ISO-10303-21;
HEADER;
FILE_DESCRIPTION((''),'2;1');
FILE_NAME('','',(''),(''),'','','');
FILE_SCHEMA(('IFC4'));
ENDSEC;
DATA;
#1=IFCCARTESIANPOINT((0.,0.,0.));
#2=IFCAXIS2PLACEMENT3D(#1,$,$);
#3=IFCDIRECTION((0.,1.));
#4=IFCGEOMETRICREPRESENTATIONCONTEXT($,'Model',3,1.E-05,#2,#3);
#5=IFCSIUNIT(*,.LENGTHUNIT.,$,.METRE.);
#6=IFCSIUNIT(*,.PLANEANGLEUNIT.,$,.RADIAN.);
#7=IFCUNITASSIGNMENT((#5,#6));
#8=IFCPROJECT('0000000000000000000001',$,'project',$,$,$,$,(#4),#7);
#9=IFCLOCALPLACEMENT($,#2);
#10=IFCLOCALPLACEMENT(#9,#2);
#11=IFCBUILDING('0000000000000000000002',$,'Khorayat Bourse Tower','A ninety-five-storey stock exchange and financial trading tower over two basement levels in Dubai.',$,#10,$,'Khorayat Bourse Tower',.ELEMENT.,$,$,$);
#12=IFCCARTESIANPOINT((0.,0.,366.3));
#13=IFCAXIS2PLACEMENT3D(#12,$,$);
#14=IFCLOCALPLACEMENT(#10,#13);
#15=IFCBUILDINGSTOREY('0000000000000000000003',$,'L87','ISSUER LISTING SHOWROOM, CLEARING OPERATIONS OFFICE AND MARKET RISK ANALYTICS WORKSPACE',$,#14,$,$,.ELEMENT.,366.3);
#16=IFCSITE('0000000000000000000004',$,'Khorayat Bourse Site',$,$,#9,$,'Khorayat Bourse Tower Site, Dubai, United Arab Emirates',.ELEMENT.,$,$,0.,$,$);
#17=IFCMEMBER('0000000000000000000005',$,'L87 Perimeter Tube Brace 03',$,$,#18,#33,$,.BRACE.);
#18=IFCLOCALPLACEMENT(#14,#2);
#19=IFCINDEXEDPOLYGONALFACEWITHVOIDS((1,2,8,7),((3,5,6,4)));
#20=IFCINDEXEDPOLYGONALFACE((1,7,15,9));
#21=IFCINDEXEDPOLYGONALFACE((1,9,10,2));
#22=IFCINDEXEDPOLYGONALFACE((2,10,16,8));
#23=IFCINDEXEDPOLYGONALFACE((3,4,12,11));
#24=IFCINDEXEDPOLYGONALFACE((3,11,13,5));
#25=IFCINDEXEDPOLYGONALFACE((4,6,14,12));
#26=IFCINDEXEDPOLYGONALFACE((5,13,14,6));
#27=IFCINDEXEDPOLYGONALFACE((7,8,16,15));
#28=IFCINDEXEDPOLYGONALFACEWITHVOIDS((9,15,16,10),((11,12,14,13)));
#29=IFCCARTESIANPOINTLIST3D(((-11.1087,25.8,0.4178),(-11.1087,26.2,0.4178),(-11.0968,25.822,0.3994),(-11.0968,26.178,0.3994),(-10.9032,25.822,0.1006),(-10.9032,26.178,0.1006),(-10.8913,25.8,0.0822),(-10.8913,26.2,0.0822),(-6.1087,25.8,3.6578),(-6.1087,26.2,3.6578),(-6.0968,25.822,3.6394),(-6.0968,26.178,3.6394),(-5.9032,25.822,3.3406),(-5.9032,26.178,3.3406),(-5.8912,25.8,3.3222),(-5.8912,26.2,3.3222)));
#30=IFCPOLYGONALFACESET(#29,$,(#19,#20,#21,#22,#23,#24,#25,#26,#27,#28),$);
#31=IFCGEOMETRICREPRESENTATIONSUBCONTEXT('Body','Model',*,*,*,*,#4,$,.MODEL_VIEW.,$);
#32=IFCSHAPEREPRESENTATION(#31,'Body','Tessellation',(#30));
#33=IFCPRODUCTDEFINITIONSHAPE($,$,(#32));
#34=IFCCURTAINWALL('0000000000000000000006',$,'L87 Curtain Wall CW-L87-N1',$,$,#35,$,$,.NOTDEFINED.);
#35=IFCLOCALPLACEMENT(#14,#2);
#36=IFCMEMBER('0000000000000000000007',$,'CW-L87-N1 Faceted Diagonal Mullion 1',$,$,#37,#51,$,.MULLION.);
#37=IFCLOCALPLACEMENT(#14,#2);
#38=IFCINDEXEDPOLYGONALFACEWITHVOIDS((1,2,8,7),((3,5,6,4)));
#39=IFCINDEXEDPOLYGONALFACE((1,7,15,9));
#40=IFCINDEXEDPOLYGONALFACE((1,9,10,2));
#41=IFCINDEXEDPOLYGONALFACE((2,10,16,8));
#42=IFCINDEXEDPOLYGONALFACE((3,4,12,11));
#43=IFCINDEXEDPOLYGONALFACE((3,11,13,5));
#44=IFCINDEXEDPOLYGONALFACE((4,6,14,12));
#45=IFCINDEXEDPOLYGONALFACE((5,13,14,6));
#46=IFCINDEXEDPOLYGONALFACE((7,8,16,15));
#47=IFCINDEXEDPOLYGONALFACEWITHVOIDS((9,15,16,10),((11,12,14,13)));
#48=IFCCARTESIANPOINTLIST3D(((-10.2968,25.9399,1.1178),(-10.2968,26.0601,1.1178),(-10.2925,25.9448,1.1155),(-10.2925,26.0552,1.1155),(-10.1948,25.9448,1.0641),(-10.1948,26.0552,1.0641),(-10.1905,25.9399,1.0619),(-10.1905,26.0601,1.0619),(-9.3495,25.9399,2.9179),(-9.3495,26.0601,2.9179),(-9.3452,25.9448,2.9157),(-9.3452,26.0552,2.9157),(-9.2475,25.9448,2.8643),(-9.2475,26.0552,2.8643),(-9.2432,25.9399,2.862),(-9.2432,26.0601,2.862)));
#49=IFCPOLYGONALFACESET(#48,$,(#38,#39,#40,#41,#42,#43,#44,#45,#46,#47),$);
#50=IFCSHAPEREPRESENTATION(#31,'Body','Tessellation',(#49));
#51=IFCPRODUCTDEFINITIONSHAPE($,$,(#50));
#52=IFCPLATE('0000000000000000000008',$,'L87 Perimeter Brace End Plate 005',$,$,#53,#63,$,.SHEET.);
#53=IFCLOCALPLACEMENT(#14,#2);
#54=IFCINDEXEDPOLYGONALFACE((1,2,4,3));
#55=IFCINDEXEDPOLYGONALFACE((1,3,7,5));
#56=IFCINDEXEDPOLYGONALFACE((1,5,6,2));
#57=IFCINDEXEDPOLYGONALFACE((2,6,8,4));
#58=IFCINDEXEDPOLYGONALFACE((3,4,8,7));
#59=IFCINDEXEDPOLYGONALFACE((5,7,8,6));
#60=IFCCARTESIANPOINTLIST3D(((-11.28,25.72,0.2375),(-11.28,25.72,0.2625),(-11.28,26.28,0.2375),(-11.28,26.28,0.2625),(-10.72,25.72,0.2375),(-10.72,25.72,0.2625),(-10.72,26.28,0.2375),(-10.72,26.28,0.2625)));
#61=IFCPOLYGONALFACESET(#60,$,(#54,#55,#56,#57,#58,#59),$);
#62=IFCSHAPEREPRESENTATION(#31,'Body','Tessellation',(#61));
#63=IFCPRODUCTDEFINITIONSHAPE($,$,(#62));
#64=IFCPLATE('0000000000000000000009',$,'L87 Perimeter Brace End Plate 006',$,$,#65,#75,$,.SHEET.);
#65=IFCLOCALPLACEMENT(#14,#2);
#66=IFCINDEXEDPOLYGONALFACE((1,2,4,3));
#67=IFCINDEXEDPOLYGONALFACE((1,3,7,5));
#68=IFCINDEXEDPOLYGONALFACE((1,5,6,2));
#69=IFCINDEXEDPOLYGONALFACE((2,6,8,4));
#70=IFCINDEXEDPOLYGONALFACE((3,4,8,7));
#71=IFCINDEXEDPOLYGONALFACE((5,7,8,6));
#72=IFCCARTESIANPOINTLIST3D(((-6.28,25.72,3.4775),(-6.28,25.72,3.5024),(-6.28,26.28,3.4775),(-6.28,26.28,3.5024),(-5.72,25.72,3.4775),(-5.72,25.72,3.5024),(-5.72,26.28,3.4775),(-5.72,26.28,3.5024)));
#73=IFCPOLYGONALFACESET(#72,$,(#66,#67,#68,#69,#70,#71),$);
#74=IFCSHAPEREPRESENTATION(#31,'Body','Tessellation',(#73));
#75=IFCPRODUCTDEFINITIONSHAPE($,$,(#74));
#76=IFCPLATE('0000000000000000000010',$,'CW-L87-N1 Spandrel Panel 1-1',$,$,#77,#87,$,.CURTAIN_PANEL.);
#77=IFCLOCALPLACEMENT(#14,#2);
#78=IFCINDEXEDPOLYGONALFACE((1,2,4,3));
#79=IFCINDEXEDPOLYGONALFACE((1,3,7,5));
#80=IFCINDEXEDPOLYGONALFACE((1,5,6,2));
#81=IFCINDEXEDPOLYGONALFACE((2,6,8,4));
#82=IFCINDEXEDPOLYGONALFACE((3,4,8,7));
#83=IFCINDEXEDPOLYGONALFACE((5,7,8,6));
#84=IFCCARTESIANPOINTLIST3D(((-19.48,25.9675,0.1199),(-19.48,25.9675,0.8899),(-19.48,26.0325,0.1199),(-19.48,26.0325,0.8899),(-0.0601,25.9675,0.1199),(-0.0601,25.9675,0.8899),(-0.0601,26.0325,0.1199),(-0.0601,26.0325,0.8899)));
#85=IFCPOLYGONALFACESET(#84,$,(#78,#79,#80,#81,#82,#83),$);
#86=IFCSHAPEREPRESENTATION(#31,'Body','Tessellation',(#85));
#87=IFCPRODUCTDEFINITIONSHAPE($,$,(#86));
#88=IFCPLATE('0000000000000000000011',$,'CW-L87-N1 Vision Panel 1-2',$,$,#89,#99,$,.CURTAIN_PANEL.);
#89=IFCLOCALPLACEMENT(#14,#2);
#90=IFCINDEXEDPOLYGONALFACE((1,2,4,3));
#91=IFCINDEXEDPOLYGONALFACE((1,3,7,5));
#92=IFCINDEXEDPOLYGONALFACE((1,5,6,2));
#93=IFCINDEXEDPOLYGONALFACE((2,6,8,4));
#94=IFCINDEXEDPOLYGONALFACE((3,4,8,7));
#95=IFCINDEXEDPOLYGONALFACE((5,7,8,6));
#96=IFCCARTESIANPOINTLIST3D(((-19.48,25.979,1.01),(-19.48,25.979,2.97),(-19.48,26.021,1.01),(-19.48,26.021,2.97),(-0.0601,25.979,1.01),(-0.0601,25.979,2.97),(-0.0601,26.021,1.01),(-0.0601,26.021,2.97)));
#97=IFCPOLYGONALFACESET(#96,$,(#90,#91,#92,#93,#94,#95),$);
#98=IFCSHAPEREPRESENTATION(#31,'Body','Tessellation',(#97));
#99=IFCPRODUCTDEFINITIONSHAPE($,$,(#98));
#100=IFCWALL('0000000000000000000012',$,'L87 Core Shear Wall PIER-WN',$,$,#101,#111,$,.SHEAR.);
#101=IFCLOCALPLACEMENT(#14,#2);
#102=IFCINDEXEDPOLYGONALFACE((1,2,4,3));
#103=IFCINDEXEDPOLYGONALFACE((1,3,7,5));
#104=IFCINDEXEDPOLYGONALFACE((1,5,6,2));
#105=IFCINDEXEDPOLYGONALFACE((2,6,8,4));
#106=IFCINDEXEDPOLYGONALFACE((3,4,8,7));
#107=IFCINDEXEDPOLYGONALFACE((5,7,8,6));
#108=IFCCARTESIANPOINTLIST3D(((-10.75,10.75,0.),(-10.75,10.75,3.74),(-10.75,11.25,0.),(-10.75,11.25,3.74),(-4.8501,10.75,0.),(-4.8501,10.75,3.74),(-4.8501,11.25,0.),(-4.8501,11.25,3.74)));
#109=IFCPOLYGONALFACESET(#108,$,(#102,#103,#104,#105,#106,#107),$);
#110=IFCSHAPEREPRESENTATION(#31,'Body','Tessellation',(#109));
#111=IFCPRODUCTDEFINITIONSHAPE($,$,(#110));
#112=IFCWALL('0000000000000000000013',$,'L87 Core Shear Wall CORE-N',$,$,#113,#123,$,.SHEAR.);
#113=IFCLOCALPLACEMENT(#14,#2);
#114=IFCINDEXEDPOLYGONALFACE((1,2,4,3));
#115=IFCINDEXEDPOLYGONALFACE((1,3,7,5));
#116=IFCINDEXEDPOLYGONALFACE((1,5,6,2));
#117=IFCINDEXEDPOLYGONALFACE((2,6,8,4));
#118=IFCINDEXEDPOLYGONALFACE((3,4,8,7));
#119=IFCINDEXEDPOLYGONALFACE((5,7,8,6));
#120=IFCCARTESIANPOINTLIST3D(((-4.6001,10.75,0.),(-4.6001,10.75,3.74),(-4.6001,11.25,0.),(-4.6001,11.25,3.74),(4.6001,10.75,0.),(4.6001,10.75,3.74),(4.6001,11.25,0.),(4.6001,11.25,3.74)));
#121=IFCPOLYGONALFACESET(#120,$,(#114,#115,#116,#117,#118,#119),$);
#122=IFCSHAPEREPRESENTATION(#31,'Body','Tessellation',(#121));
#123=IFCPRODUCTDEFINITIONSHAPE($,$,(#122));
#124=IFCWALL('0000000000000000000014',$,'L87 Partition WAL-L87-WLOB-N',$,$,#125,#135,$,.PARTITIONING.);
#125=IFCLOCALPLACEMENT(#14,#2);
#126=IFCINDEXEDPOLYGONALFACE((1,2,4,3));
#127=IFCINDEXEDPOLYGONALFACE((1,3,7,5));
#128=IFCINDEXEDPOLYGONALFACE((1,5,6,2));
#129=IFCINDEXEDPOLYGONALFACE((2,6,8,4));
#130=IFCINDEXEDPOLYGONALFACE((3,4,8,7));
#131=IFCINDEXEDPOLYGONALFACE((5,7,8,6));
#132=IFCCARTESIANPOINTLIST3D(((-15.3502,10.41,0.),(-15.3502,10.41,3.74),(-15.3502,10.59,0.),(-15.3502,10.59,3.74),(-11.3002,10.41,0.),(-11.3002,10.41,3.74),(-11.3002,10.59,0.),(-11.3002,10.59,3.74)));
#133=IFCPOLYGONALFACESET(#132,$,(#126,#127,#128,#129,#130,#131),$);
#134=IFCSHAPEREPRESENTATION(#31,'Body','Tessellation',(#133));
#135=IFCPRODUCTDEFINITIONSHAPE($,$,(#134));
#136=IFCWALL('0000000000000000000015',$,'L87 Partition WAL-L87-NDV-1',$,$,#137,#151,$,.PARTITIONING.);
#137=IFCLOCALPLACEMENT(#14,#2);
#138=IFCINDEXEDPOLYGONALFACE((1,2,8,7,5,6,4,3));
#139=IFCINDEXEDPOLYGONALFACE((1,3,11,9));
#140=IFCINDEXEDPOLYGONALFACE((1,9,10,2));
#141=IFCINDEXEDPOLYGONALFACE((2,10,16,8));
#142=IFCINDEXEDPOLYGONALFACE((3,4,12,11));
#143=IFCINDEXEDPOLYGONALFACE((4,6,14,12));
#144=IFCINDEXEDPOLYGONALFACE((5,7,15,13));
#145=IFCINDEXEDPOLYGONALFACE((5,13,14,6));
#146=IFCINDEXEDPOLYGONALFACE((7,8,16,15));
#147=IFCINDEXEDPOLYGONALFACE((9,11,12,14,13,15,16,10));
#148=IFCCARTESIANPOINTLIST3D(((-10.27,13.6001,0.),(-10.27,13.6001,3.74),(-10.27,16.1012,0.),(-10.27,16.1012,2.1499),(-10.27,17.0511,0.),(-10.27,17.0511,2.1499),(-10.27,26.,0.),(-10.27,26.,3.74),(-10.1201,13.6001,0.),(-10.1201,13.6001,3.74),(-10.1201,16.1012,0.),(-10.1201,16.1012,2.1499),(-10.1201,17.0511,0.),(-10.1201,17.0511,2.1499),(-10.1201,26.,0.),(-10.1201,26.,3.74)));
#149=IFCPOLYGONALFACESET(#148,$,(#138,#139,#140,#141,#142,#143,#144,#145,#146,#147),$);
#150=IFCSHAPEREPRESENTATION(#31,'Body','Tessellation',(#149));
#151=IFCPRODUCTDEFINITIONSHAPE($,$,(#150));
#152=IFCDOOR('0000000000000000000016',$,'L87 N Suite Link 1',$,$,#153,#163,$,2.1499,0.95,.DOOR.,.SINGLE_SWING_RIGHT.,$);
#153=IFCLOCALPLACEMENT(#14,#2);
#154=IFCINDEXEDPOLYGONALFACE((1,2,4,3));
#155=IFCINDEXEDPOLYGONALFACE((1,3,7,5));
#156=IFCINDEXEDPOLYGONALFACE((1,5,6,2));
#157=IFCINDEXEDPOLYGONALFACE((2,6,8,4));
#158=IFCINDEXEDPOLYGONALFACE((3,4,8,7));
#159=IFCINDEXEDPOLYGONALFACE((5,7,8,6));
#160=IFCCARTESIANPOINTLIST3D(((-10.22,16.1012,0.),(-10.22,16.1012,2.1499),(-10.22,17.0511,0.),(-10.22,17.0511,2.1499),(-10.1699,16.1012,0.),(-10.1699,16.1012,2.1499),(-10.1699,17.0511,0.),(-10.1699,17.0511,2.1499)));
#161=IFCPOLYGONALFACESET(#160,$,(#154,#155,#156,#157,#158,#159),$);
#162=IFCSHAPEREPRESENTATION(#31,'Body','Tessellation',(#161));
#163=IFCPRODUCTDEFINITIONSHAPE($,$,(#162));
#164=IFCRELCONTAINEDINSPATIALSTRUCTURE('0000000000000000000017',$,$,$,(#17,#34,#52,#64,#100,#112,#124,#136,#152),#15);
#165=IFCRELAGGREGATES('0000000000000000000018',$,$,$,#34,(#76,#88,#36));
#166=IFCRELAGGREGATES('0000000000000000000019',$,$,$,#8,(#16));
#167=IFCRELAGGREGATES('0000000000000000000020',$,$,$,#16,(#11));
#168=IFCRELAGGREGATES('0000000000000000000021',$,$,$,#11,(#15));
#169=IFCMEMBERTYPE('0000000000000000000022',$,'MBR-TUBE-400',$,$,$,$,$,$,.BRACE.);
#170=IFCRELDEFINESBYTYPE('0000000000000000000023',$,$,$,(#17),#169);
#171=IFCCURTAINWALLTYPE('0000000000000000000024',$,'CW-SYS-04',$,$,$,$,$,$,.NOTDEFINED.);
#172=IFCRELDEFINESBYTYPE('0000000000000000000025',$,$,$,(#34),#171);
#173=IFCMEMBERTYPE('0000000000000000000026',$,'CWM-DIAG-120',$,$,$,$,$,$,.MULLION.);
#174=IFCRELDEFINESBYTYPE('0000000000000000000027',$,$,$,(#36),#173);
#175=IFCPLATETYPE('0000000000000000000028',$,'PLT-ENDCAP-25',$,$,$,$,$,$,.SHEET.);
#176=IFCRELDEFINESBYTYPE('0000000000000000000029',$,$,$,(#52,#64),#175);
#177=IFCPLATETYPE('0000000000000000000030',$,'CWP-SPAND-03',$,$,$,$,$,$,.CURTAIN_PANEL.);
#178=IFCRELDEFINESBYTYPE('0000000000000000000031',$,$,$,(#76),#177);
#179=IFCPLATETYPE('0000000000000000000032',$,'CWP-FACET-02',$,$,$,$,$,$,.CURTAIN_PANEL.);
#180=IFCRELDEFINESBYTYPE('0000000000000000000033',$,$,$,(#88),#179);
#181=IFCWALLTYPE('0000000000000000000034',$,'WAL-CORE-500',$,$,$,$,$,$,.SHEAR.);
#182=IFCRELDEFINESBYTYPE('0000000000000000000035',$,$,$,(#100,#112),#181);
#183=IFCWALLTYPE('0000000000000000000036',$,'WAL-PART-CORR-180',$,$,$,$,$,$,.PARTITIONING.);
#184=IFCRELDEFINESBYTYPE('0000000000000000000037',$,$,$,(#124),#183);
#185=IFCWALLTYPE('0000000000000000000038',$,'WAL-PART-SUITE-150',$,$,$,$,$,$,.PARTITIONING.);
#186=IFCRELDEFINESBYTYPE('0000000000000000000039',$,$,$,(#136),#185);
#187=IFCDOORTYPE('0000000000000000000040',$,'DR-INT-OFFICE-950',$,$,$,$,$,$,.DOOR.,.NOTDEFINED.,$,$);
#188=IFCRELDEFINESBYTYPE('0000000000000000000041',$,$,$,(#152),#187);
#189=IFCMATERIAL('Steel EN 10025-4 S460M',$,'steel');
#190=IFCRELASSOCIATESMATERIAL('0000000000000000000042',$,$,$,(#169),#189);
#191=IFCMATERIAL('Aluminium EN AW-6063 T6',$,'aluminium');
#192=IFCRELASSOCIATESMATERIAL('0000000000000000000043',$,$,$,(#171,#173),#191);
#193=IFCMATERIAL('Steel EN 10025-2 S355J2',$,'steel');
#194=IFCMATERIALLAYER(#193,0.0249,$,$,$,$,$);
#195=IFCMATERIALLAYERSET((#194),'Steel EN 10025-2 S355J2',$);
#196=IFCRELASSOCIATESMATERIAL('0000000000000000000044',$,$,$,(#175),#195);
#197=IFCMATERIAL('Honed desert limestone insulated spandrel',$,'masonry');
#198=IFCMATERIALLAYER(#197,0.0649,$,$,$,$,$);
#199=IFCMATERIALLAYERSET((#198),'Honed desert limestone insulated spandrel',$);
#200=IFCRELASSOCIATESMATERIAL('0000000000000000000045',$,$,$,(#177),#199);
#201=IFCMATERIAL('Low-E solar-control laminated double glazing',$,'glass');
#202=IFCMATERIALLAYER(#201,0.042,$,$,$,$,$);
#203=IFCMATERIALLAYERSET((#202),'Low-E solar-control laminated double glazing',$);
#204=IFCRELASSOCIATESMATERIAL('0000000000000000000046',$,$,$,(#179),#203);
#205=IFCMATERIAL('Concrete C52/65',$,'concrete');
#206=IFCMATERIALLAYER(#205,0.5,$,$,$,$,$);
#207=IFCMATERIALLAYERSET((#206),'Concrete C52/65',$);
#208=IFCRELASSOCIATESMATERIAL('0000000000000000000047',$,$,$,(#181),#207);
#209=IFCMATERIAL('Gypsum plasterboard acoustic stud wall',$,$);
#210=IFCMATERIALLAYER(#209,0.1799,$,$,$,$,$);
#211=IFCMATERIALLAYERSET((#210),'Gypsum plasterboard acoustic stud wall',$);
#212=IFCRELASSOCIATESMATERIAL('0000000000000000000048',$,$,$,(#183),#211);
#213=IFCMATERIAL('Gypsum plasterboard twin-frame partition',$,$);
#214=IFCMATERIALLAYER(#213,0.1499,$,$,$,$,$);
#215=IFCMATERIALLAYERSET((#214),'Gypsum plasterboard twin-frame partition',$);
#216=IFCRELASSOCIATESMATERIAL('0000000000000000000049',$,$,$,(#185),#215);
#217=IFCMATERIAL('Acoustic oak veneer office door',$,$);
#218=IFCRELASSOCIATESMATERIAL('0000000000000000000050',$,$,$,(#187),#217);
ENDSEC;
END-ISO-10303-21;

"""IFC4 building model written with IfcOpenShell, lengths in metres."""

from ifc_helpers import new_model, si_unit, direction, frame, frame_2d, origin, origin_2d, place, context, subcontext, project, spatial, rectangle, hollow_rectangle, extrude, source, transform, mapped, material, layer, layer_set, material_profile, profile_set, type_object, element, fill, aggregate, save


model = new_model("IFC4")

# Units and contexts
model_context = context("Model", 3, precision=1e-05, world=origin(), true_north=direction((0.0, 1.0)))
body_context = subcontext(model_context, "Body", "Model", "MODEL_VIEW")
ifc_project = project(units=[si_unit("LENGTHUNIT", "METRE"), si_unit("PLANEANGLEUNIT", "RADIAN")], contexts=[model_context])

# Site, building, storey
site_placement = place(None, origin())
site = spatial("IfcSite", under=ifc_project, at=site_placement, Name="Khorayat Bourse Site", LongName="Khorayat Bourse Tower Site, Dubai, United Arab Emirates", CompositionType="ELEMENT", RefElevation=0.0)
building_placement = place(site_placement, origin())
building = spatial("IfcBuilding", under=site, at=building_placement, Name="Khorayat Bourse Tower", Description="A ninety-five-storey stock exchange and financial trading tower over two basement levels in Dubai.", LongName="Khorayat Bourse Tower", CompositionType="ELEMENT")
storey_placement = place(building_placement, frame((0.0, 0.0, 366.3)))
storey = spatial("IfcBuildingStorey", under=building, at=storey_placement, Name="L87", Description="ISSUER LISTING SHOWROOM, CLEARING OPERATIONS OFFICE AND MARKET RISK ANALYTICS WORKSPACE", CompositionType="ELEMENT", Elevation=366.3)

# Shared definitions
ifc_material_1 = material(Name="Concrete C52/65", Category="concrete")
ifc_material_2 = material(Name="Steel EN 10025-2 S355J2", Category="steel")

# Member
ifc_material_3 = material(Name="Steel EN 10025-4 S460M", Category="steel")
ifc_material_profile_1 = material_profile(ifc_material_3, hollow_rectangle(XDim=0.3999, YDim=0.3999, WallThickness=0.022, at=origin_2d()), Name="HSS 400x400x22")
ifc_profile_set_1 = profile_set([ifc_material_profile_1], Name="Steel EN 10025-4 S460M")
member_type_1 = type_object("IfcMemberType", Name="MBR-TUBE-400", PredefinedType="BRACE", material=ifc_profile_set_1)
shared_shape_1 = source(origin(), body_context, "Body", "SweptSolid", [
    extrude(hollow_rectangle(XDim=0.3999, YDim=0.3999, WallThickness=0.022, at=origin_2d()), origin(), (0.0, 0.0, 1.0), 5.958),
])
member_1_placement = place(storey_placement, frame((-11.0, 26.0, 0.25), z_axis=(0.83921, 0.0, 0.543807), x_axis=(0.0, 1.0, 0.0)))
element("IfcMember", 1, at=member_1_placement, inside=storey, type_object=member_type_1, Name="L87 Perimeter Tube Brace 03", PredefinedType="BRACE", context=body_context, shape_type="MappedRepresentation", body=[
    mapped(shared_shape_1, transform((0.0, 0.0, 0.0), scale=1.0)),
])

# Curtain wall, member
ifc_material_4 = material(Name="Aluminium EN AW-6063 T6", Category="aluminium")
curtain_wall_type = type_object("IfcCurtainWallType", Name="CW-SYS-04", PredefinedType="NOTDEFINED", material=ifc_material_4)
curtain_wall_placement = place(storey_placement, origin())
curtain_wall = element("IfcCurtainWall", 2, at=curtain_wall_placement, inside=storey, type_object=curtain_wall_type, Name="L87 Curtain Wall CW-L87-N1", PredefinedType="NOTDEFINED")
ifc_material_profile_2 = material_profile(ifc_material_4, hollow_rectangle(XDim=0.1201, YDim=0.1201, WallThickness=0.0049, at=origin_2d()), Name="ALU 120x120x5")
ifc_profile_set_2 = profile_set([ifc_material_profile_2], Name="Aluminium EN AW-6063 T6")
member_type_2 = type_object("IfcMemberType", Name="CWM-DIAG-120", PredefinedType="MULLION", material=ifc_profile_set_2)
shared_shape_2 = source(origin(), body_context, "Body", "SweptSolid", [
    extrude(hollow_rectangle(XDim=0.1201, YDim=0.1201, WallThickness=0.0049, at=origin_2d()), origin(), (0.0, 0.0, 1.0), 2.0342),
])
member_2_placement = place(storey_placement, frame((-10.2437, 26.0, 1.0898), z_axis=(0.465697, 0.0, 0.884944), x_axis=(0.0, 1.0, 0.0)))
member_2 = element("IfcMember", 3, at=member_2_placement, type_object=member_type_2, Name="CW-L87-N1 Faceted Diagonal Mullion 1", PredefinedType="MULLION", context=body_context, shape_type="MappedRepresentation", body=[
    mapped(shared_shape_2, transform((0.0, 0.0, 0.0), scale=1.0)),
])

# Plates
ifc_layer_1 = layer(ifc_material_2, 0.0249)
ifc_layer_set_1 = layer_set([ifc_layer_1], Name="Steel EN 10025-2 S355J2")
plate_type_1 = type_object("IfcPlateType", Name="PLT-ENDCAP-25", PredefinedType="SHEET", material=ifc_layer_set_1)
shared_shape_3 = source(origin(), body_context, "Body", "SweptSolid", [
    extrude(rectangle(XDim=0.5601, YDim=0.5601, at=origin_2d()), origin(), (0.0, 0.0, 1.0), 0.0249),
])
for number, where, z_axis, x_axis, name in (
    (4, (-11.0, 26.0, 0.2375), (0.0, 0.0, 1.0), (1.0, 0.0, 0.0), "L87 Perimeter Brace End Plate 005"),
    (5, (-6.0, 26.0, 3.4775), (0.0, 0.0, 1.0), (1.0, 0.0, 0.0), "L87 Perimeter Brace End Plate 006"),
):
    element("IfcPlate", number, at=place(storey_placement, frame(where, z_axis=z_axis, x_axis=x_axis)), inside=storey, type_object=plate_type_1, Name=name, PredefinedType="SHEET", context=body_context, shape_type="MappedRepresentation", body=[
        mapped(shared_shape_3, transform((0.0, 0.0, 0.0), scale=1.0)),
    ])

# Plates
ifc_material_5 = material(Name="Honed desert limestone insulated spandrel", Category="masonry")
ifc_layer_2 = layer(ifc_material_5, 0.0649)
ifc_layer_set_2 = layer_set([ifc_layer_2], Name="Honed desert limestone insulated spandrel")
plate_type_2 = type_object("IfcPlateType", Name="CWP-SPAND-03", PredefinedType="CURTAIN_PANEL", material=ifc_layer_set_2)
shared_shape_4 = source(origin(), body_context, "Body", "SweptSolid", [
    extrude(rectangle(XDim=19.4199, YDim=0.0649, at=origin_2d()), origin(), (0.0, 0.0, 1.0), 0.77),
])
plate_1_placement = place(storey_placement, frame((-9.77, 26.0, 0.1199), z_axis=(0.0, 0.0, 1.0), x_axis=(1.0, 0.0, 0.0)))
plate_1 = element("IfcPlate", 6, at=plate_1_placement, type_object=plate_type_2, Name="CW-L87-N1 Spandrel Panel 1-1", PredefinedType="CURTAIN_PANEL", context=body_context, shape_type="MappedRepresentation", body=[
    mapped(shared_shape_4, transform((0.0, 0.0, 0.0), scale=1.0)),
])
ifc_material_6 = material(Name="Low-E solar-control laminated double glazing", Category="glass")
ifc_layer_3 = layer(ifc_material_6, 0.042)
ifc_layer_set_3 = layer_set([ifc_layer_3], Name="Low-E solar-control laminated double glazing")
plate_type_3 = type_object("IfcPlateType", Name="CWP-FACET-02", PredefinedType="CURTAIN_PANEL", material=ifc_layer_set_3)
shared_shape_5 = source(origin(), body_context, "Body", "SweptSolid", [
    extrude(rectangle(XDim=19.4199, YDim=0.042, at=origin_2d()), origin(), (0.0, 0.0, 1.0), 1.96),
])
plate_2_placement = place(storey_placement, frame((-9.77, 26.0, 1.01), z_axis=(0.0, 0.0, 1.0), x_axis=(1.0, 0.0, 0.0)))
plate_2 = element("IfcPlate", 7, at=plate_2_placement, type_object=plate_type_3, Name="CW-L87-N1 Vision Panel 1-2", PredefinedType="CURTAIN_PANEL", context=body_context, shape_type="MappedRepresentation", body=[
    mapped(shared_shape_5, transform((0.0, 0.0, 0.0), scale=1.0)),
])
aggregate(curtain_wall, [plate_1, plate_2, member_2])

# Walls
ifc_layer_4 = layer(ifc_material_1, 0.5)
ifc_layer_set_4 = layer_set([ifc_layer_4], Name="Concrete C52/65")
wall_type_1 = type_object("IfcWallType", Name="WAL-CORE-500", PredefinedType="SHEAR", material=ifc_layer_set_4)
shared_shape_6 = source(origin(), body_context, "Body", "SweptSolid", [
    extrude(rectangle(XDim=5.8999, YDim=0.5, at=frame_2d((2.95, 0.0))), origin(), (0.0, 0.0, 1.0), 3.74),
])
wall_1_placement = place(storey_placement, frame((-10.75, 11.0, 0.0), z_axis=(0.0, 0.0, 1.0), x_axis=(1.0, 0.0, 0.0)))
element("IfcWall", 8, at=wall_1_placement, inside=storey, type_object=wall_type_1, Name="L87 Core Shear Wall PIER-WN", PredefinedType="SHEAR", context=body_context, shape_type="MappedRepresentation", body=[
    mapped(shared_shape_6, transform((0.0, 0.0, 0.0), scale=1.0)),
])
shared_shape_7 = source(origin(), body_context, "Body", "SweptSolid", [
    extrude(rectangle(XDim=9.2002, YDim=0.5, at=frame_2d((4.6001, 0.0))), origin(), (0.0, 0.0, 1.0), 3.74),
])
wall_2_placement = place(storey_placement, frame((-4.6001, 11.0, 0.0), z_axis=(0.0, 0.0, 1.0), x_axis=(1.0, 0.0, 0.0)))
element("IfcWall", 9, at=wall_2_placement, inside=storey, type_object=wall_type_1, Name="L87 Core Shear Wall CORE-N", PredefinedType="SHEAR", context=body_context, shape_type="MappedRepresentation", body=[
    mapped(shared_shape_7, transform((0.0, 0.0, 0.0), scale=1.0)),
])
ifc_material_7 = material(Name="Gypsum plasterboard acoustic stud wall")
ifc_layer_5 = layer(ifc_material_7, 0.1799)
ifc_layer_set_5 = layer_set([ifc_layer_5], Name="Gypsum plasterboard acoustic stud wall")
wall_type_2 = type_object("IfcWallType", Name="WAL-PART-CORR-180", PredefinedType="PARTITIONING", material=ifc_layer_set_5)
shared_shape_8 = source(origin(), body_context, "Body", "SweptSolid", [
    extrude(rectangle(XDim=4.05, YDim=0.1799, at=frame_2d((2.0249, 0.0))), origin(), (0.0, 0.0, 1.0), 3.74),
])
wall_3_placement = place(storey_placement, frame((-15.3501, 10.5, 0.0), z_axis=(0.0, 0.0, 1.0), x_axis=(1.0, 0.0, 0.0)))
element("IfcWall", 10, at=wall_3_placement, inside=storey, type_object=wall_type_2, Name="L87 Partition WAL-L87-WLOB-N", PredefinedType="PARTITIONING", context=body_context, shape_type="MappedRepresentation", body=[
    mapped(shared_shape_8, transform((0.0, 0.0, 0.0), scale=1.0)),
])

# Wall, opening, door
ifc_material_8 = material(Name="Gypsum plasterboard twin-frame partition")
ifc_layer_6 = layer(ifc_material_8, 0.1499)
ifc_layer_set_6 = layer_set([ifc_layer_6], Name="Gypsum plasterboard twin-frame partition")
wall_type_3 = type_object("IfcWallType", Name="WAL-PART-SUITE-150", PredefinedType="PARTITIONING", material=ifc_layer_set_6)
shared_shape_9 = source(origin(), body_context, "Body", "SweptSolid", [
    extrude(rectangle(XDim=12.3999, YDim=0.1499, at=frame_2d((6.2, 0.0))), origin(), (0.0, 0.0, 1.0), 3.74),
])
wall_4_placement = place(storey_placement, frame((-10.1951, 13.6001, 0.0), z_axis=(0.0, 0.0, 1.0), x_axis=(0.0, 1.0, 0.0)))
wall_4 = element("IfcWall", 11, at=wall_4_placement, inside=storey, type_object=wall_type_3, Name="L87 Partition WAL-L87-NDV-1", PredefinedType="PARTITIONING", context=body_context, shape_type="MappedRepresentation", body=[
    mapped(shared_shape_9, transform((0.0, 0.0, 0.0), scale=1.0)),
])
shared_shape_10 = source(origin(), body_context, "Body", "SweptSolid", [
    extrude(rectangle(XDim=0.95, YDim=2.1499, at=frame_2d((0.4751, 1.075))), frame((0.0, 0.085, 0.0), z_axis=(0.0, -1.0, 0.0), x_axis=(1.0, 0.0, 0.0)), (0.0, 0.0, 1.0), 0.1699),
])
opening_1_placement = place(wall_4_placement, frame((2.501, 0.0, 0.0)))
opening_1 = element("IfcOpeningElement", 12, at=opening_1_placement, cuts=wall_4, PredefinedType="OPENING", context=body_context, shape_type="MappedRepresentation", body=[
    mapped(shared_shape_10, transform((0.0, 0.0, 0.0), scale=1.0)),
])
ifc_material_9 = material(Name="Acoustic oak veneer office door")
door_type = type_object("IfcDoorType", Name="DR-INT-OFFICE-950", OperationType="NOTDEFINED", PredefinedType="DOOR", material=ifc_material_9)
shared_shape_11 = source(origin(), body_context, "Body", "SweptSolid", [
    extrude(rectangle(XDim=0.95, YDim=2.1499, at=frame_2d((0.4751, 1.075))), frame((0.0, 0.0249, 0.0), z_axis=(0.0, -1.0, 0.0), x_axis=(1.0, 0.0, 0.0)), (0.0, 0.0, 1.0), 0.05),
])
door_1_placement = place(opening_1_placement, origin())
door_1 = element("IfcDoor", 13, at=door_1_placement, inside=storey, type_object=door_type, Name="L87 N Suite Link 1", OperationType="SINGLE_SWING_RIGHT", OverallHeight=2.1499, OverallWidth=0.95, PredefinedType="DOOR", context=body_context, shape_type="MappedRepresentation", body=[
    mapped(shared_shape_11, transform((0.0, 0.0, 0.0), scale=1.0)),
])
fill(opening_1, door_1)

save(model, "model.ifc")
